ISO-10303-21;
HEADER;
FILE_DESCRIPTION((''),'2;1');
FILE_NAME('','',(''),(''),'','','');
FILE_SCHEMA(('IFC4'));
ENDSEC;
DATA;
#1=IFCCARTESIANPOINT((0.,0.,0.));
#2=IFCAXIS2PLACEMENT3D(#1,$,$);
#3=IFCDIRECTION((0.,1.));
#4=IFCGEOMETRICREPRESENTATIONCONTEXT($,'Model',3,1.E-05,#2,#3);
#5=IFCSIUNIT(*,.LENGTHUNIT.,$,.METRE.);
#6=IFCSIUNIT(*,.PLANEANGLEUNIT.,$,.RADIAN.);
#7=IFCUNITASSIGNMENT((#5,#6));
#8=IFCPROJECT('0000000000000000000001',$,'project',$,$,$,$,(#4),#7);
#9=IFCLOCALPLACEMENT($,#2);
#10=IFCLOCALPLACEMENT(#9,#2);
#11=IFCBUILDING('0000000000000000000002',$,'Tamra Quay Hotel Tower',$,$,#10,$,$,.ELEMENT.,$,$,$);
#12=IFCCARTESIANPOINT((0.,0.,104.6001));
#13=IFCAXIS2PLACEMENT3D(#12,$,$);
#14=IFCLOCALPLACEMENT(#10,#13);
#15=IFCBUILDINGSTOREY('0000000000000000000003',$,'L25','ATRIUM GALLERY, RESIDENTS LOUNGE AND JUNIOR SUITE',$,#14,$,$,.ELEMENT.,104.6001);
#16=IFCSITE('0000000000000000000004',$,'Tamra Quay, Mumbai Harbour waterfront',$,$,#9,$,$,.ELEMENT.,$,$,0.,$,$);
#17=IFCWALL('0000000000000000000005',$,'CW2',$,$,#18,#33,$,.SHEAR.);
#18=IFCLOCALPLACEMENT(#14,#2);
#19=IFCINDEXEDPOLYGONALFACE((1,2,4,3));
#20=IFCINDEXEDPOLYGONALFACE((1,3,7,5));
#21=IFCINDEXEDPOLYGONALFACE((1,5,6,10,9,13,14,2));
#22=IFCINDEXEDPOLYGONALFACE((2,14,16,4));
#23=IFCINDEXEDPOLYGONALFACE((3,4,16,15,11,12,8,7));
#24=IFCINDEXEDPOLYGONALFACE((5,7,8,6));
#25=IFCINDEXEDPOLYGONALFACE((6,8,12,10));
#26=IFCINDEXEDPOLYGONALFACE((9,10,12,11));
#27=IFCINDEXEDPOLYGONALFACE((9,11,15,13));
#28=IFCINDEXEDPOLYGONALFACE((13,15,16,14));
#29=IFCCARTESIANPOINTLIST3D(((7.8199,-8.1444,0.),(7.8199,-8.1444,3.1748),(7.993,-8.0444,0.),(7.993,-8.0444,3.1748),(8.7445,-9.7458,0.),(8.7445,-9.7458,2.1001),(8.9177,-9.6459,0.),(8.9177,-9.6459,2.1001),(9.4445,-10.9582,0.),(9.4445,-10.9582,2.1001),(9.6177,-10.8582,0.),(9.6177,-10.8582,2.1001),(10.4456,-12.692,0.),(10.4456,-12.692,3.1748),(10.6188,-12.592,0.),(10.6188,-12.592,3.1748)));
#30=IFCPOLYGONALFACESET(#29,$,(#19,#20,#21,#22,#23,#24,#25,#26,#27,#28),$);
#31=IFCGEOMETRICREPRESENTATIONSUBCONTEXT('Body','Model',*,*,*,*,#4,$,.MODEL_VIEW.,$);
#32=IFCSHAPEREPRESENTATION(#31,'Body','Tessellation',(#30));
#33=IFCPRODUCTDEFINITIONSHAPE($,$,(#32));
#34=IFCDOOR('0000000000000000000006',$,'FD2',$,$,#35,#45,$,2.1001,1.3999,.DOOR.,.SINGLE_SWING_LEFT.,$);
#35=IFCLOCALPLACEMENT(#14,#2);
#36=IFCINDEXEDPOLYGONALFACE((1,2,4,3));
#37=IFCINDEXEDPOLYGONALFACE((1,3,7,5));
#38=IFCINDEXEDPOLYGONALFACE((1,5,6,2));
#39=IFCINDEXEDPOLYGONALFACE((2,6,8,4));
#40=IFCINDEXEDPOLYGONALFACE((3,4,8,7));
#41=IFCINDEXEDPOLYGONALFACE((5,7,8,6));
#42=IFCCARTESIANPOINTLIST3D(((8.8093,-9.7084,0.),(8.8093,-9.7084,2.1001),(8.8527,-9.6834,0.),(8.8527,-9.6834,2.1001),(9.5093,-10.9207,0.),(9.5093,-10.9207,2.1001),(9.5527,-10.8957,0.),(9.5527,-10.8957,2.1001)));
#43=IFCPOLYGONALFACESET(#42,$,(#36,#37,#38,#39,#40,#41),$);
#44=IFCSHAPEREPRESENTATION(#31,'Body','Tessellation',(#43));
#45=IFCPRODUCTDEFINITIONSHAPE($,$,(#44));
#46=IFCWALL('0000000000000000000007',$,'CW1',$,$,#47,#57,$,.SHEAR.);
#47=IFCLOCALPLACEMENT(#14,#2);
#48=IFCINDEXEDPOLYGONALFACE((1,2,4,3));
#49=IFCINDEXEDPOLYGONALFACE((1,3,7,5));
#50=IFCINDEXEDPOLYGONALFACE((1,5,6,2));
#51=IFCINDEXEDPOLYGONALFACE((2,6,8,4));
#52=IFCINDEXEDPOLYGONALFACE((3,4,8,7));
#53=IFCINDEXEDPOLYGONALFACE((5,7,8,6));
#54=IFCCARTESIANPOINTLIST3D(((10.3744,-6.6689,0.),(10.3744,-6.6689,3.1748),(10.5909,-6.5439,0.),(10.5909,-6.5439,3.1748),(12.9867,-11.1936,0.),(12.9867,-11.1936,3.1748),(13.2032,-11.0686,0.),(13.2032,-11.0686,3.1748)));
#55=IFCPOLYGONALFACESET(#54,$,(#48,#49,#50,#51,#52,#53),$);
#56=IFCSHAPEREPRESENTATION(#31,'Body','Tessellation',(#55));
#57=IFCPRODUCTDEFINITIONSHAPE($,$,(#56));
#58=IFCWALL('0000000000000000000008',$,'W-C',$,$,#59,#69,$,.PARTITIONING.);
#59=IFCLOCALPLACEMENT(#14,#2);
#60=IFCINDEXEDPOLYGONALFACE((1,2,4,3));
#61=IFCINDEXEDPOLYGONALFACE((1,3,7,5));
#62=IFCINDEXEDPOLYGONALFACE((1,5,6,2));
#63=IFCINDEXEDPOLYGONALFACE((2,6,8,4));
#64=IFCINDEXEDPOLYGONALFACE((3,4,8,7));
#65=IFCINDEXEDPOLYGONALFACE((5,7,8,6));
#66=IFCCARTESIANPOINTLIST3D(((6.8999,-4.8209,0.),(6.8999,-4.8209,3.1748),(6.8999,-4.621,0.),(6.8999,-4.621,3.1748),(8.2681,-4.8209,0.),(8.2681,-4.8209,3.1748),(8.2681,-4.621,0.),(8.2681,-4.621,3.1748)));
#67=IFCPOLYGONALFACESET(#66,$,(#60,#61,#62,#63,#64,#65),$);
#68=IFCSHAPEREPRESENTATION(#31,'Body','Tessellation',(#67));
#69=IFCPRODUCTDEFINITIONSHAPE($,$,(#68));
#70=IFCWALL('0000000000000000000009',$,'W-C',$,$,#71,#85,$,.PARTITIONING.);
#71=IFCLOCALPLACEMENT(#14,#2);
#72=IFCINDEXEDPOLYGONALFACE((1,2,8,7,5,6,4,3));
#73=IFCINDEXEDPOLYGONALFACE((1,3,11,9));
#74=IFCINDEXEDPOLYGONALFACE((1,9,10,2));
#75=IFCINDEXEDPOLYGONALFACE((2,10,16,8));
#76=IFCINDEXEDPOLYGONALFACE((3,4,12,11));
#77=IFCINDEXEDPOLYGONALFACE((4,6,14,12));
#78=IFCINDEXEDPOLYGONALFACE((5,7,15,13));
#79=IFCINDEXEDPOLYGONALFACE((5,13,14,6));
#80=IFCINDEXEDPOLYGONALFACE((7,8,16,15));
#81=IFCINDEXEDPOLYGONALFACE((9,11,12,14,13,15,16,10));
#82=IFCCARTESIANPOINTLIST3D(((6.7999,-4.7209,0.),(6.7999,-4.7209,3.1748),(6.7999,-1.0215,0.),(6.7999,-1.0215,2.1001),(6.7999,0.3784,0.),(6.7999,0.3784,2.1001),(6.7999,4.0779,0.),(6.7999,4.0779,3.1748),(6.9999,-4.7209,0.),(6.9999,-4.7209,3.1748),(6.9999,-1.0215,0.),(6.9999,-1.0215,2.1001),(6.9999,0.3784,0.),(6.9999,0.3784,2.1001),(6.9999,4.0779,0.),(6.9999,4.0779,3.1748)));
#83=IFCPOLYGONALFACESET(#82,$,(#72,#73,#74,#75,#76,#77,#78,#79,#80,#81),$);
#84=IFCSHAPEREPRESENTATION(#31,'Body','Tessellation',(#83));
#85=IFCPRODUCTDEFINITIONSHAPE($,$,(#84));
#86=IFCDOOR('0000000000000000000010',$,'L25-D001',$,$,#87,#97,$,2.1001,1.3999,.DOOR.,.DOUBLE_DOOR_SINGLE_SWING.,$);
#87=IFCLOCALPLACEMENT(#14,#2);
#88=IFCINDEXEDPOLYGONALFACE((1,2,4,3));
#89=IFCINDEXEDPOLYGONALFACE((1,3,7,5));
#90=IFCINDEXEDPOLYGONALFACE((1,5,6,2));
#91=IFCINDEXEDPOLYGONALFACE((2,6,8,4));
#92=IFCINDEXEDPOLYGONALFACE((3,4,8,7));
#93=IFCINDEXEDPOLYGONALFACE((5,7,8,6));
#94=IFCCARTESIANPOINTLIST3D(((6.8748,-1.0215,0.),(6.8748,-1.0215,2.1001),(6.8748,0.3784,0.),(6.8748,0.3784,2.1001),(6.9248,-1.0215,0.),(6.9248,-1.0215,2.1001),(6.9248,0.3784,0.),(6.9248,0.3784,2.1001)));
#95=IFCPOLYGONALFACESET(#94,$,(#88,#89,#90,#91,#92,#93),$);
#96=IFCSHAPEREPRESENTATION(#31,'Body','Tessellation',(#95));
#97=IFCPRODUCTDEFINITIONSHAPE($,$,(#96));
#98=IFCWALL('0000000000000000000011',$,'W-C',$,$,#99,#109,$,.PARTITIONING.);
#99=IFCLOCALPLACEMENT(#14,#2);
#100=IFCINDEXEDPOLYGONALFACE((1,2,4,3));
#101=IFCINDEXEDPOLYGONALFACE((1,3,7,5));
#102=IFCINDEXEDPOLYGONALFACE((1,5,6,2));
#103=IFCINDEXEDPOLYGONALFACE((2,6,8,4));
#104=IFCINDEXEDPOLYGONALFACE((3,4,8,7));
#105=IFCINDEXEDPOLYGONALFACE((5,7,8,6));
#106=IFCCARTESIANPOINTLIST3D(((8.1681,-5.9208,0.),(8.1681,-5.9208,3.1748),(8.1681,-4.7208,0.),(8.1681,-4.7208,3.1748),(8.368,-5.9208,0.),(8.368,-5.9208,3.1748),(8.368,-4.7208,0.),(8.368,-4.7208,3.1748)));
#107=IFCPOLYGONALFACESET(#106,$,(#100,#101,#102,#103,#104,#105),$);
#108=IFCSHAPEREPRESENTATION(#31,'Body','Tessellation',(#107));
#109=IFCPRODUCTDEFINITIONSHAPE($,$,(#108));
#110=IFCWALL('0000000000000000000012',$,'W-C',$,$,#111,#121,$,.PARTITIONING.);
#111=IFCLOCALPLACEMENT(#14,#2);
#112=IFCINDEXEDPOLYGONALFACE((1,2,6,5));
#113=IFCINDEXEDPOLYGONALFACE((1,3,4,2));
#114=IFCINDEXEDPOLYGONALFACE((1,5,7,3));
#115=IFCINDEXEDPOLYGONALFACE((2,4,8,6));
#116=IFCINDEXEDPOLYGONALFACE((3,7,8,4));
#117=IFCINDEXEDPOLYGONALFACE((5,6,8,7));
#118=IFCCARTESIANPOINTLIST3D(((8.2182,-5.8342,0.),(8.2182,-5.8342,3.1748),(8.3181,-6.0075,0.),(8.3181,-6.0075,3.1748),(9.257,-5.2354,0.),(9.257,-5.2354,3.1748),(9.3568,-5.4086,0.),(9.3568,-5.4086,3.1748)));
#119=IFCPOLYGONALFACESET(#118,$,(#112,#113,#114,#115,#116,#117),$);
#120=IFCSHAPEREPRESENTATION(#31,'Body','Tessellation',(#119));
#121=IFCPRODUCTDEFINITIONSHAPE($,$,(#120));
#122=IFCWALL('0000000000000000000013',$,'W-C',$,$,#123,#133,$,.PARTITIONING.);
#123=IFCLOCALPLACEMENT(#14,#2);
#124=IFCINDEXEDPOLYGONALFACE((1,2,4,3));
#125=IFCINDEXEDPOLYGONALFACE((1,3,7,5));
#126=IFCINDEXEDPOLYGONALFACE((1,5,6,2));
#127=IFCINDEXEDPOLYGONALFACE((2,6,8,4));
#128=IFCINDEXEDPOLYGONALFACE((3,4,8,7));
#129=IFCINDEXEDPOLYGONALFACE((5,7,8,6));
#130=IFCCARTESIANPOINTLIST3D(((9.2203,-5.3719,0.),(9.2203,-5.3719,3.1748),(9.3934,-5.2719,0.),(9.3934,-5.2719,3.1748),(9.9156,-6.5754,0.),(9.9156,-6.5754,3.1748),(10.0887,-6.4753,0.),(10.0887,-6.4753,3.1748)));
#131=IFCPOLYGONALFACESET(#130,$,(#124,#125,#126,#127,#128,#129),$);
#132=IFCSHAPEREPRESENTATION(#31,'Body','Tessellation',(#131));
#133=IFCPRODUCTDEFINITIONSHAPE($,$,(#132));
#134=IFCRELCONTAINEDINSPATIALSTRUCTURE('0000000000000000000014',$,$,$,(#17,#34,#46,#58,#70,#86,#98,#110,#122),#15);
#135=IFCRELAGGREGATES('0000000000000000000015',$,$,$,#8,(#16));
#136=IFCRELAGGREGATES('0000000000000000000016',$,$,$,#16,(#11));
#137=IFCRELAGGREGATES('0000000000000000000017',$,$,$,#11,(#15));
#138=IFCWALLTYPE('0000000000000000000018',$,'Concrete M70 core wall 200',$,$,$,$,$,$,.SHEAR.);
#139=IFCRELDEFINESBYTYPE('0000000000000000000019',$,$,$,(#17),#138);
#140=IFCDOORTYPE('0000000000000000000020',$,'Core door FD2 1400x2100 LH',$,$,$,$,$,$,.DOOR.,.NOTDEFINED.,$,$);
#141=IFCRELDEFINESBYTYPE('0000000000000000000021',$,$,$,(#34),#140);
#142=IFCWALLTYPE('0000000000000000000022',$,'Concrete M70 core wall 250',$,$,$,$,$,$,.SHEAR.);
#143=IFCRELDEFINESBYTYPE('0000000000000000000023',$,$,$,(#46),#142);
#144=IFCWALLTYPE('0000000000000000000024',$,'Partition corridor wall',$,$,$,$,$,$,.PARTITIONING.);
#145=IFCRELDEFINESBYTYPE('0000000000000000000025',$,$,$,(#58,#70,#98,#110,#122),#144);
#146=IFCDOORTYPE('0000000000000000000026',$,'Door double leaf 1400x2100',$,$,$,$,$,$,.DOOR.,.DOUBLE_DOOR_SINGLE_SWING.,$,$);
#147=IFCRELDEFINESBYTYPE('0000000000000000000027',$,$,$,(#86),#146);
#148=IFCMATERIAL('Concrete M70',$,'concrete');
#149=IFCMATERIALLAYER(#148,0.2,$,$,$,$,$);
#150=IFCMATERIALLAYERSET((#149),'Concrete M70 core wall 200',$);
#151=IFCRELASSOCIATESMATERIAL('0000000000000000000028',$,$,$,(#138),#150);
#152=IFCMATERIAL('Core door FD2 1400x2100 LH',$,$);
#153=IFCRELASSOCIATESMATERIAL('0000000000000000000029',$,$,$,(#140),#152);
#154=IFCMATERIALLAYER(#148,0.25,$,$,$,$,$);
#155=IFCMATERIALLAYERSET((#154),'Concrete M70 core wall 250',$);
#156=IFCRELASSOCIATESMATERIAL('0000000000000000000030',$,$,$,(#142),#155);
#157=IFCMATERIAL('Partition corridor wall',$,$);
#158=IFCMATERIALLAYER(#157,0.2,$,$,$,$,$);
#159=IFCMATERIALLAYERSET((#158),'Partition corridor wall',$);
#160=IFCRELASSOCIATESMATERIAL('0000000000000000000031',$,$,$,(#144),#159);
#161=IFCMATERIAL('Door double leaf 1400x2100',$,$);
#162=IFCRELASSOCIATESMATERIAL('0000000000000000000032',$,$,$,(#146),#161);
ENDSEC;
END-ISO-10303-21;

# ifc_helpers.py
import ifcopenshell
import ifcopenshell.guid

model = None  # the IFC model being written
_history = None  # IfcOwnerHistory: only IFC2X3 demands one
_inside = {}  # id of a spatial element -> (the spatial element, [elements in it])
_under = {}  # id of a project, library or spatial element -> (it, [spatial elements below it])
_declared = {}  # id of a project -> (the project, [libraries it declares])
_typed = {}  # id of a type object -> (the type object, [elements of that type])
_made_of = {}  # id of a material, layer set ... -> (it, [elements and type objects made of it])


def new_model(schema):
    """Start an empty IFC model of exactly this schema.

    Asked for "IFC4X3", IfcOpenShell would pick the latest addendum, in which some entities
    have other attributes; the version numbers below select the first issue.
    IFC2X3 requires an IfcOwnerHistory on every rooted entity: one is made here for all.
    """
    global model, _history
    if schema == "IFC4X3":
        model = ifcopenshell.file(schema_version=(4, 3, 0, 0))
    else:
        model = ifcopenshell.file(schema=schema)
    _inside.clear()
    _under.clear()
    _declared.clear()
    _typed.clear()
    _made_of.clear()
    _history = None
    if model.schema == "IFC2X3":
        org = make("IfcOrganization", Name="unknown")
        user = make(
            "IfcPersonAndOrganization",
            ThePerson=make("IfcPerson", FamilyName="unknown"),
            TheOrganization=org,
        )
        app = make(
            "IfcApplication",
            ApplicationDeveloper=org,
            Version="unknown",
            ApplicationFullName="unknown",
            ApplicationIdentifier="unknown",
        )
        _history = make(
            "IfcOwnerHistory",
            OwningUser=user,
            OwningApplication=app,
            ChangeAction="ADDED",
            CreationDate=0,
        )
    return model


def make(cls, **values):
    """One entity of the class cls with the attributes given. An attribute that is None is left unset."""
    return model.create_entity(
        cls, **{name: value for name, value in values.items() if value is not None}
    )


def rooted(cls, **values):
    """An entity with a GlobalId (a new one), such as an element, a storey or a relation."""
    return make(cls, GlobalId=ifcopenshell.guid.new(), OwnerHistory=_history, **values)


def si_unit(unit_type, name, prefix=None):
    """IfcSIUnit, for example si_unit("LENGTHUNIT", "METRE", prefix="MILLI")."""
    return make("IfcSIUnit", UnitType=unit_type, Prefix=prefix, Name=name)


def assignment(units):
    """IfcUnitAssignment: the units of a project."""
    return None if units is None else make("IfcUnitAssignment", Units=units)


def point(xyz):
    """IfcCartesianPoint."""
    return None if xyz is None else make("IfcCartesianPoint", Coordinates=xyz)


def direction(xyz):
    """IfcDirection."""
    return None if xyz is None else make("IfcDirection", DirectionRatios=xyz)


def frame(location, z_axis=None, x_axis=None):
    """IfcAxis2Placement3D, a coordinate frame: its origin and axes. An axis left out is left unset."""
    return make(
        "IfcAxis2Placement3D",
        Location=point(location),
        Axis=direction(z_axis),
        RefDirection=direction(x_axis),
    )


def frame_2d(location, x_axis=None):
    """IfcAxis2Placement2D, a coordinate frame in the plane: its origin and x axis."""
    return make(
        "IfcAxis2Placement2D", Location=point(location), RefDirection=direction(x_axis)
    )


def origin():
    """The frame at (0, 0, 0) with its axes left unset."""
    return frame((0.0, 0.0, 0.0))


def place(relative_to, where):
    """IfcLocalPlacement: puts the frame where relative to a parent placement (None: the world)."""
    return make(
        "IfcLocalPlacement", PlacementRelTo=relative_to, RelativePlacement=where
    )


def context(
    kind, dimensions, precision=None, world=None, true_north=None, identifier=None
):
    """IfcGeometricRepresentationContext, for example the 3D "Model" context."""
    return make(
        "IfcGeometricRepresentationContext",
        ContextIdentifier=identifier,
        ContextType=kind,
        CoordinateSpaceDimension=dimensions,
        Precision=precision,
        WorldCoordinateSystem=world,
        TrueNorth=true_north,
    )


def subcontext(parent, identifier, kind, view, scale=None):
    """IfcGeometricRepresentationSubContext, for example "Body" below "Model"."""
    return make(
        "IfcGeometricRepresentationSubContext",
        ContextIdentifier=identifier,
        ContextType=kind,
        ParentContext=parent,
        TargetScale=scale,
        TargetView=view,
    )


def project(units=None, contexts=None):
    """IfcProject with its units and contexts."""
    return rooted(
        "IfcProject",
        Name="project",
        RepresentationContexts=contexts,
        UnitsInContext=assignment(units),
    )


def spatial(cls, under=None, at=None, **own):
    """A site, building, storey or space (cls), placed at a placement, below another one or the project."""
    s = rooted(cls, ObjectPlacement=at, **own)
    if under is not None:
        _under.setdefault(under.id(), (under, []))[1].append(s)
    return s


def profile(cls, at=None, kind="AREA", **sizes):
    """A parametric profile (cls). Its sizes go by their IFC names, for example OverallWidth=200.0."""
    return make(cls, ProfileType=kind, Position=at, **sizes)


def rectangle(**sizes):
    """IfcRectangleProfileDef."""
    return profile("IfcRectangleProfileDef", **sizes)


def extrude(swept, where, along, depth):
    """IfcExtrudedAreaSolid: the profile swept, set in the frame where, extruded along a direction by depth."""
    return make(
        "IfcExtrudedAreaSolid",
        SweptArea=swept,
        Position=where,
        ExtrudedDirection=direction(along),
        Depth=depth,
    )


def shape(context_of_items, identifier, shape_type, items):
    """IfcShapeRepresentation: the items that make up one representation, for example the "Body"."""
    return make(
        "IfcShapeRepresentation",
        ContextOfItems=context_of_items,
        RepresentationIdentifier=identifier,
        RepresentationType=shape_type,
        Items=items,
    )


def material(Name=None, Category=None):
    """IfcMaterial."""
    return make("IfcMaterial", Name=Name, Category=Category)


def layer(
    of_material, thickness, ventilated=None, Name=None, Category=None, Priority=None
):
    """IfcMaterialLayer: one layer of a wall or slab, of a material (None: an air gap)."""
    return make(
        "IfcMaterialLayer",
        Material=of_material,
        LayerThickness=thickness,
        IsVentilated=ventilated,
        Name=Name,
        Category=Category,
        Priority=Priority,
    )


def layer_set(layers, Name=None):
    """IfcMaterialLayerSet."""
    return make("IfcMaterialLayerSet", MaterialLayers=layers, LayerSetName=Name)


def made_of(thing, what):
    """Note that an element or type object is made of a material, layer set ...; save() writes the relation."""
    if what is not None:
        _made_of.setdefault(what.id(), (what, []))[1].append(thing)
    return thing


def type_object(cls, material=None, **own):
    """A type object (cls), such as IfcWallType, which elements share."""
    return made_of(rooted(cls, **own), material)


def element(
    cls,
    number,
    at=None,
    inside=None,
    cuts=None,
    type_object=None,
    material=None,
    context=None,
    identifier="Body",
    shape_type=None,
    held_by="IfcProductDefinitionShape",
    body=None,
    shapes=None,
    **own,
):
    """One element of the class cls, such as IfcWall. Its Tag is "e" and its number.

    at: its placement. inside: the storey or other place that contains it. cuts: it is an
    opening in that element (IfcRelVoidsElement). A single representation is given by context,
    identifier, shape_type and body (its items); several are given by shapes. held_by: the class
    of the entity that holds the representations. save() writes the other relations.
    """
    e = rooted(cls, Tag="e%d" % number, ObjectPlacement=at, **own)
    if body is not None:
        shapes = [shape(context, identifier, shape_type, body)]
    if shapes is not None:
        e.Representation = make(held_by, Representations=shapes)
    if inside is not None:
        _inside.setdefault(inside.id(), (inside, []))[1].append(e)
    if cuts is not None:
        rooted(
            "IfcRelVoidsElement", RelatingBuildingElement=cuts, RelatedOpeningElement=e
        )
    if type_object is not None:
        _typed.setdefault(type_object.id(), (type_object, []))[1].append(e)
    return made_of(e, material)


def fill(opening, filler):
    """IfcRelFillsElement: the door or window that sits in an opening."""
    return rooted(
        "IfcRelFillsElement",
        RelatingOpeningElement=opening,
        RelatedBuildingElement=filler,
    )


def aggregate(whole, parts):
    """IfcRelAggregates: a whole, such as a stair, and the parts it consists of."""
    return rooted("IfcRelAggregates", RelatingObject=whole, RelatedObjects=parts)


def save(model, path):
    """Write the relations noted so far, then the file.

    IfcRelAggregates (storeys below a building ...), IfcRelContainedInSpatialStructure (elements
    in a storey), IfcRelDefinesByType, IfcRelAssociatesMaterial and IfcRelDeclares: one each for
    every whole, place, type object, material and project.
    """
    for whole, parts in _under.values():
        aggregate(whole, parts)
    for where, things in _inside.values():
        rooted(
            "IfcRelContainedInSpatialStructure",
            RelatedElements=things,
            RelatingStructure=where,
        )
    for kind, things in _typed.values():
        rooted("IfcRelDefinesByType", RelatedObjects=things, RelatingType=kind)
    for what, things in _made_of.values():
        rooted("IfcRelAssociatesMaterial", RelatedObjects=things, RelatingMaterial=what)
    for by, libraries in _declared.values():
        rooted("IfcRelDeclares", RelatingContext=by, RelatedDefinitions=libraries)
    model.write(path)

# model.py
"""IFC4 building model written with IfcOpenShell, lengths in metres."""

from ifc_helpers import new_model, si_unit, direction, frame, frame_2d, origin, place, context, subcontext, project, spatial, rectangle, extrude, material, layer, layer_set, type_object, element, fill, save


model = new_model("IFC4")

# Units and contexts
model_context = context("Model", 3, precision=1e-05, world=origin(), true_north=direction((0.0, 1.0)))
body_context = subcontext(model_context, "Body", "Model", "MODEL_VIEW")
ifc_project = project(units=[si_unit("LENGTHUNIT", "METRE"), si_unit("PLANEANGLEUNIT", "RADIAN")], contexts=[model_context])

# Site, building, storey
site_placement = place(None, origin())
site = spatial("IfcSite", under=ifc_project, at=site_placement, Name="Tamra Quay, Mumbai Harbour waterfront", CompositionType="ELEMENT", RefElevation=0.0)
building_placement = place(site_placement, origin())
building = spatial("IfcBuilding", under=site, at=building_placement, Name="Tamra Quay Hotel Tower", CompositionType="ELEMENT")
storey_placement = place(building_placement, frame((0.0, 0.0, 104.6001)))
storey = spatial("IfcBuildingStorey", under=building, at=storey_placement, Name="L25", Description="ATRIUM GALLERY, RESIDENTS LOUNGE AND JUNIOR SUITE", CompositionType="ELEMENT", Elevation=104.6001)

# Shared definitions
ifc_material_1 = material(Name="Concrete M70", Category="concrete")

# Wall, opening, door
ifc_layer_1 = layer(ifc_material_1, 0.2)
ifc_layer_set_1 = layer_set([ifc_layer_1], Name="Concrete M70 core wall 200")
wall_type_1 = type_object("IfcWallType", Name="Concrete M70 core wall 200", PredefinedType="SHEAR", material=ifc_layer_set_1)
wall_1_placement = place(storey_placement, frame((7.9065, -8.0945, 0.0), z_axis=(0.0, 0.0, 1.0), x_axis=(0.500024, -0.866011, 0.0)))
wall_1 = element("IfcWall", 1, at=wall_1_placement, inside=storey, type_object=wall_type_1, Name="CW2", PredefinedType="SHEAR", context=body_context, shape_type="SweptSolid", body=[
    extrude(rectangle(XDim=5.2512, YDim=0.2, at=frame_2d((2.6255, 0.0))), origin(), (0.0, 0.0, 1.0), 3.1748),
])
opening_1_placement = place(wall_1_placement, frame((1.8491, 0.0, 0.0)))
opening_1 = element("IfcOpeningElement", 2, at=opening_1_placement, cuts=wall_1, PredefinedType="OPENING", context=body_context, shape_type="SweptSolid", body=[
    extrude(rectangle(XDim=1.3999, YDim=2.1001, at=frame_2d((0.7, 1.05))), frame((0.0, 0.1099, 0.0), z_axis=(0.0, -1.0, 0.0), x_axis=(1.0, 0.0, 0.0)), (0.0, 0.0, 1.0), 0.22),
])
ifc_material_2 = material(Name="Core door FD2 1400x2100 LH")
door_type_1 = type_object("IfcDoorType", Name="Core door FD2 1400x2100 LH", OperationType="NOTDEFINED", PredefinedType="DOOR", material=ifc_material_2)
door_1_placement = place(opening_1_placement, origin())
door_1 = element("IfcDoor", 3, at=door_1_placement, inside=storey, type_object=door_type_1, Name="FD2", OperationType="SINGLE_SWING_LEFT", OverallHeight=2.1001, OverallWidth=1.3999, PredefinedType="DOOR", context=body_context, shape_type="SweptSolid", body=[
    extrude(rectangle(XDim=1.3999, YDim=2.1001, at=frame_2d((0.7, 1.05))), frame((0.0, 0.0249, 0.0), z_axis=(0.0, -1.0, 0.0), x_axis=(1.0, 0.0, 0.0)), (0.0, 0.0, 1.0), 0.05),
])
fill(opening_1, door_1)

# Walls
ifc_layer_2 = layer(ifc_material_1, 0.25)
ifc_layer_set_2 = layer_set([ifc_layer_2], Name="Concrete M70 core wall 250")
wall_type_2 = type_object("IfcWallType", Name="Concrete M70 core wall 250", PredefinedType="SHEAR", material=ifc_layer_set_2)
wall_2_placement = place(storey_placement, frame((10.4827, -6.6064, 0.0), z_axis=(0.0, 0.0, 1.0), x_axis=(0.499999, -0.866026, 0.0)))
element("IfcWall", 4, at=wall_2_placement, inside=storey, type_object=wall_type_2, Name="CW1", PredefinedType="SHEAR", context=body_context, shape_type="SweptSolid", body=[
    extrude(rectangle(XDim=5.2246, YDim=0.25, at=frame_2d((2.6123, 0.0))), origin(), (0.0, 0.0, 1.0), 3.1748),
])
ifc_material_3 = material(Name="Partition corridor wall")
ifc_layer_3 = layer(ifc_material_3, 0.2)
ifc_layer_set_3 = layer_set([ifc_layer_3], Name="Partition corridor wall")
wall_type_3 = type_object("IfcWallType", Name="Partition corridor wall", PredefinedType="PARTITIONING", material=ifc_layer_set_3)
wall_3_placement = place(storey_placement, frame((6.8999, -4.7209, 0.0), z_axis=(0.0, 0.0, 1.0), x_axis=(1.0, 0.0, 0.0)))
element("IfcWall", 5, at=wall_3_placement, inside=storey, type_object=wall_type_3, Name="W-C", PredefinedType="PARTITIONING", context=body_context, shape_type="SweptSolid", body=[
    extrude(rectangle(XDim=1.3682, YDim=0.2, at=frame_2d((0.6841, 0.0))), origin(), (0.0, 0.0, 1.0), 3.1748),
])

# Wall, opening, door
wall_4_placement = place(storey_placement, frame((6.8999, -4.7209, 0.0), z_axis=(0.0, 0.0, 1.0), x_axis=(0.0, 1.0, 0.0)))
wall_4 = element("IfcWall", 6, at=wall_4_placement, inside=storey, type_object=wall_type_3, Name="W-C", PredefinedType="PARTITIONING", context=body_context, shape_type="SweptSolid", body=[
    extrude(rectangle(XDim=8.7988, YDim=0.2, at=frame_2d((4.3994, 0.0))), origin(), (0.0, 0.0, 1.0), 3.1748),
])
opening_2_placement = place(wall_4_placement, frame((3.6995, 0.0, 0.0)))
opening_2 = element("IfcOpeningElement", 7, at=opening_2_placement, cuts=wall_4, PredefinedType="OPENING", context=body_context, shape_type="SweptSolid", body=[
    extrude(rectangle(XDim=1.3999, YDim=2.1001, at=frame_2d((0.7, 1.05))), frame((0.0, 0.1099, 0.0), z_axis=(0.0, -1.0, 0.0), x_axis=(1.0, 0.0, 0.0)), (0.0, 0.0, 1.0), 0.22),
])
ifc_material_4 = material(Name="Door double leaf 1400x2100")
door_type_2 = type_object("IfcDoorType", Name="Door double leaf 1400x2100", OperationType="DOUBLE_DOOR_SINGLE_SWING", PredefinedType="DOOR", material=ifc_material_4)
door_2_placement = place(opening_2_placement, frame((1.3999, 0.0, 0.0), z_axis=(0.0, 0.0, 1.0), x_axis=(-1.0, 0.0, 0.0)))
door_2 = element("IfcDoor", 8, at=door_2_placement, inside=storey, type_object=door_type_2, Name="L25-D001", OperationType="DOUBLE_DOOR_SINGLE_SWING", OverallHeight=2.1001, OverallWidth=1.3999, PredefinedType="DOOR", context=body_context, shape_type="SweptSolid", body=[
    extrude(rectangle(XDim=1.3999, YDim=2.1001, at=frame_2d((0.7, 1.05))), frame((0.0, 0.0249, 0.0), z_axis=(0.0, -1.0, 0.0), x_axis=(1.0, 0.0, 0.0)), (0.0, 0.0, 1.0), 0.05),
])
fill(opening_2, door_2)

# Walls
wall_5_placement = place(storey_placement, frame((8.2681, -5.9209, 0.0), z_axis=(0.0, 0.0, 1.0), x_axis=(0.0, 1.0, 0.0)))
element("IfcWall", 9, at=wall_5_placement, inside=storey, type_object=wall_type_3, Name="W-C", PredefinedType="PARTITIONING", context=body_context, shape_type="SweptSolid", body=[
    extrude(rectangle(XDim=1.2, YDim=0.2, at=frame_2d((0.6001, 0.0))), origin(), (0.0, 0.0, 1.0), 3.1748),
])
wall_6_placement = place(storey_placement, frame((8.2681, -5.9209, 0.0), z_axis=(0.0, 0.0, 1.0), x_axis=(0.866345, 0.499446, 0.0)))
element("IfcWall", 10, at=wall_6_placement, inside=storey, type_object=wall_type_3, Name="W-C", PredefinedType="PARTITIONING", context=body_context, shape_type="SweptSolid", body=[
    extrude(rectangle(XDim=1.199, YDim=0.2, at=frame_2d((0.5996, 0.0))), origin(), (0.0, 0.0, 1.0), 3.1748),
])
wall_7_placement = place(storey_placement, frame((9.3069, -5.322, 0.0), z_axis=(0.0, 0.0, 1.0), x_axis=(0.500295, -0.865855, 0.0)))
element("IfcWall", 11, at=wall_7_placement, inside=storey, type_object=wall_type_3, Name="W-C", PredefinedType="PARTITIONING", context=body_context, shape_type="SweptSolid", body=[
    extrude(rectangle(XDim=1.3899, YDim=0.2, at=frame_2d((0.6948, 0.0))), origin(), (0.0, 0.0, 1.0), 3.1748),
])

save(model, "model.ifc")
